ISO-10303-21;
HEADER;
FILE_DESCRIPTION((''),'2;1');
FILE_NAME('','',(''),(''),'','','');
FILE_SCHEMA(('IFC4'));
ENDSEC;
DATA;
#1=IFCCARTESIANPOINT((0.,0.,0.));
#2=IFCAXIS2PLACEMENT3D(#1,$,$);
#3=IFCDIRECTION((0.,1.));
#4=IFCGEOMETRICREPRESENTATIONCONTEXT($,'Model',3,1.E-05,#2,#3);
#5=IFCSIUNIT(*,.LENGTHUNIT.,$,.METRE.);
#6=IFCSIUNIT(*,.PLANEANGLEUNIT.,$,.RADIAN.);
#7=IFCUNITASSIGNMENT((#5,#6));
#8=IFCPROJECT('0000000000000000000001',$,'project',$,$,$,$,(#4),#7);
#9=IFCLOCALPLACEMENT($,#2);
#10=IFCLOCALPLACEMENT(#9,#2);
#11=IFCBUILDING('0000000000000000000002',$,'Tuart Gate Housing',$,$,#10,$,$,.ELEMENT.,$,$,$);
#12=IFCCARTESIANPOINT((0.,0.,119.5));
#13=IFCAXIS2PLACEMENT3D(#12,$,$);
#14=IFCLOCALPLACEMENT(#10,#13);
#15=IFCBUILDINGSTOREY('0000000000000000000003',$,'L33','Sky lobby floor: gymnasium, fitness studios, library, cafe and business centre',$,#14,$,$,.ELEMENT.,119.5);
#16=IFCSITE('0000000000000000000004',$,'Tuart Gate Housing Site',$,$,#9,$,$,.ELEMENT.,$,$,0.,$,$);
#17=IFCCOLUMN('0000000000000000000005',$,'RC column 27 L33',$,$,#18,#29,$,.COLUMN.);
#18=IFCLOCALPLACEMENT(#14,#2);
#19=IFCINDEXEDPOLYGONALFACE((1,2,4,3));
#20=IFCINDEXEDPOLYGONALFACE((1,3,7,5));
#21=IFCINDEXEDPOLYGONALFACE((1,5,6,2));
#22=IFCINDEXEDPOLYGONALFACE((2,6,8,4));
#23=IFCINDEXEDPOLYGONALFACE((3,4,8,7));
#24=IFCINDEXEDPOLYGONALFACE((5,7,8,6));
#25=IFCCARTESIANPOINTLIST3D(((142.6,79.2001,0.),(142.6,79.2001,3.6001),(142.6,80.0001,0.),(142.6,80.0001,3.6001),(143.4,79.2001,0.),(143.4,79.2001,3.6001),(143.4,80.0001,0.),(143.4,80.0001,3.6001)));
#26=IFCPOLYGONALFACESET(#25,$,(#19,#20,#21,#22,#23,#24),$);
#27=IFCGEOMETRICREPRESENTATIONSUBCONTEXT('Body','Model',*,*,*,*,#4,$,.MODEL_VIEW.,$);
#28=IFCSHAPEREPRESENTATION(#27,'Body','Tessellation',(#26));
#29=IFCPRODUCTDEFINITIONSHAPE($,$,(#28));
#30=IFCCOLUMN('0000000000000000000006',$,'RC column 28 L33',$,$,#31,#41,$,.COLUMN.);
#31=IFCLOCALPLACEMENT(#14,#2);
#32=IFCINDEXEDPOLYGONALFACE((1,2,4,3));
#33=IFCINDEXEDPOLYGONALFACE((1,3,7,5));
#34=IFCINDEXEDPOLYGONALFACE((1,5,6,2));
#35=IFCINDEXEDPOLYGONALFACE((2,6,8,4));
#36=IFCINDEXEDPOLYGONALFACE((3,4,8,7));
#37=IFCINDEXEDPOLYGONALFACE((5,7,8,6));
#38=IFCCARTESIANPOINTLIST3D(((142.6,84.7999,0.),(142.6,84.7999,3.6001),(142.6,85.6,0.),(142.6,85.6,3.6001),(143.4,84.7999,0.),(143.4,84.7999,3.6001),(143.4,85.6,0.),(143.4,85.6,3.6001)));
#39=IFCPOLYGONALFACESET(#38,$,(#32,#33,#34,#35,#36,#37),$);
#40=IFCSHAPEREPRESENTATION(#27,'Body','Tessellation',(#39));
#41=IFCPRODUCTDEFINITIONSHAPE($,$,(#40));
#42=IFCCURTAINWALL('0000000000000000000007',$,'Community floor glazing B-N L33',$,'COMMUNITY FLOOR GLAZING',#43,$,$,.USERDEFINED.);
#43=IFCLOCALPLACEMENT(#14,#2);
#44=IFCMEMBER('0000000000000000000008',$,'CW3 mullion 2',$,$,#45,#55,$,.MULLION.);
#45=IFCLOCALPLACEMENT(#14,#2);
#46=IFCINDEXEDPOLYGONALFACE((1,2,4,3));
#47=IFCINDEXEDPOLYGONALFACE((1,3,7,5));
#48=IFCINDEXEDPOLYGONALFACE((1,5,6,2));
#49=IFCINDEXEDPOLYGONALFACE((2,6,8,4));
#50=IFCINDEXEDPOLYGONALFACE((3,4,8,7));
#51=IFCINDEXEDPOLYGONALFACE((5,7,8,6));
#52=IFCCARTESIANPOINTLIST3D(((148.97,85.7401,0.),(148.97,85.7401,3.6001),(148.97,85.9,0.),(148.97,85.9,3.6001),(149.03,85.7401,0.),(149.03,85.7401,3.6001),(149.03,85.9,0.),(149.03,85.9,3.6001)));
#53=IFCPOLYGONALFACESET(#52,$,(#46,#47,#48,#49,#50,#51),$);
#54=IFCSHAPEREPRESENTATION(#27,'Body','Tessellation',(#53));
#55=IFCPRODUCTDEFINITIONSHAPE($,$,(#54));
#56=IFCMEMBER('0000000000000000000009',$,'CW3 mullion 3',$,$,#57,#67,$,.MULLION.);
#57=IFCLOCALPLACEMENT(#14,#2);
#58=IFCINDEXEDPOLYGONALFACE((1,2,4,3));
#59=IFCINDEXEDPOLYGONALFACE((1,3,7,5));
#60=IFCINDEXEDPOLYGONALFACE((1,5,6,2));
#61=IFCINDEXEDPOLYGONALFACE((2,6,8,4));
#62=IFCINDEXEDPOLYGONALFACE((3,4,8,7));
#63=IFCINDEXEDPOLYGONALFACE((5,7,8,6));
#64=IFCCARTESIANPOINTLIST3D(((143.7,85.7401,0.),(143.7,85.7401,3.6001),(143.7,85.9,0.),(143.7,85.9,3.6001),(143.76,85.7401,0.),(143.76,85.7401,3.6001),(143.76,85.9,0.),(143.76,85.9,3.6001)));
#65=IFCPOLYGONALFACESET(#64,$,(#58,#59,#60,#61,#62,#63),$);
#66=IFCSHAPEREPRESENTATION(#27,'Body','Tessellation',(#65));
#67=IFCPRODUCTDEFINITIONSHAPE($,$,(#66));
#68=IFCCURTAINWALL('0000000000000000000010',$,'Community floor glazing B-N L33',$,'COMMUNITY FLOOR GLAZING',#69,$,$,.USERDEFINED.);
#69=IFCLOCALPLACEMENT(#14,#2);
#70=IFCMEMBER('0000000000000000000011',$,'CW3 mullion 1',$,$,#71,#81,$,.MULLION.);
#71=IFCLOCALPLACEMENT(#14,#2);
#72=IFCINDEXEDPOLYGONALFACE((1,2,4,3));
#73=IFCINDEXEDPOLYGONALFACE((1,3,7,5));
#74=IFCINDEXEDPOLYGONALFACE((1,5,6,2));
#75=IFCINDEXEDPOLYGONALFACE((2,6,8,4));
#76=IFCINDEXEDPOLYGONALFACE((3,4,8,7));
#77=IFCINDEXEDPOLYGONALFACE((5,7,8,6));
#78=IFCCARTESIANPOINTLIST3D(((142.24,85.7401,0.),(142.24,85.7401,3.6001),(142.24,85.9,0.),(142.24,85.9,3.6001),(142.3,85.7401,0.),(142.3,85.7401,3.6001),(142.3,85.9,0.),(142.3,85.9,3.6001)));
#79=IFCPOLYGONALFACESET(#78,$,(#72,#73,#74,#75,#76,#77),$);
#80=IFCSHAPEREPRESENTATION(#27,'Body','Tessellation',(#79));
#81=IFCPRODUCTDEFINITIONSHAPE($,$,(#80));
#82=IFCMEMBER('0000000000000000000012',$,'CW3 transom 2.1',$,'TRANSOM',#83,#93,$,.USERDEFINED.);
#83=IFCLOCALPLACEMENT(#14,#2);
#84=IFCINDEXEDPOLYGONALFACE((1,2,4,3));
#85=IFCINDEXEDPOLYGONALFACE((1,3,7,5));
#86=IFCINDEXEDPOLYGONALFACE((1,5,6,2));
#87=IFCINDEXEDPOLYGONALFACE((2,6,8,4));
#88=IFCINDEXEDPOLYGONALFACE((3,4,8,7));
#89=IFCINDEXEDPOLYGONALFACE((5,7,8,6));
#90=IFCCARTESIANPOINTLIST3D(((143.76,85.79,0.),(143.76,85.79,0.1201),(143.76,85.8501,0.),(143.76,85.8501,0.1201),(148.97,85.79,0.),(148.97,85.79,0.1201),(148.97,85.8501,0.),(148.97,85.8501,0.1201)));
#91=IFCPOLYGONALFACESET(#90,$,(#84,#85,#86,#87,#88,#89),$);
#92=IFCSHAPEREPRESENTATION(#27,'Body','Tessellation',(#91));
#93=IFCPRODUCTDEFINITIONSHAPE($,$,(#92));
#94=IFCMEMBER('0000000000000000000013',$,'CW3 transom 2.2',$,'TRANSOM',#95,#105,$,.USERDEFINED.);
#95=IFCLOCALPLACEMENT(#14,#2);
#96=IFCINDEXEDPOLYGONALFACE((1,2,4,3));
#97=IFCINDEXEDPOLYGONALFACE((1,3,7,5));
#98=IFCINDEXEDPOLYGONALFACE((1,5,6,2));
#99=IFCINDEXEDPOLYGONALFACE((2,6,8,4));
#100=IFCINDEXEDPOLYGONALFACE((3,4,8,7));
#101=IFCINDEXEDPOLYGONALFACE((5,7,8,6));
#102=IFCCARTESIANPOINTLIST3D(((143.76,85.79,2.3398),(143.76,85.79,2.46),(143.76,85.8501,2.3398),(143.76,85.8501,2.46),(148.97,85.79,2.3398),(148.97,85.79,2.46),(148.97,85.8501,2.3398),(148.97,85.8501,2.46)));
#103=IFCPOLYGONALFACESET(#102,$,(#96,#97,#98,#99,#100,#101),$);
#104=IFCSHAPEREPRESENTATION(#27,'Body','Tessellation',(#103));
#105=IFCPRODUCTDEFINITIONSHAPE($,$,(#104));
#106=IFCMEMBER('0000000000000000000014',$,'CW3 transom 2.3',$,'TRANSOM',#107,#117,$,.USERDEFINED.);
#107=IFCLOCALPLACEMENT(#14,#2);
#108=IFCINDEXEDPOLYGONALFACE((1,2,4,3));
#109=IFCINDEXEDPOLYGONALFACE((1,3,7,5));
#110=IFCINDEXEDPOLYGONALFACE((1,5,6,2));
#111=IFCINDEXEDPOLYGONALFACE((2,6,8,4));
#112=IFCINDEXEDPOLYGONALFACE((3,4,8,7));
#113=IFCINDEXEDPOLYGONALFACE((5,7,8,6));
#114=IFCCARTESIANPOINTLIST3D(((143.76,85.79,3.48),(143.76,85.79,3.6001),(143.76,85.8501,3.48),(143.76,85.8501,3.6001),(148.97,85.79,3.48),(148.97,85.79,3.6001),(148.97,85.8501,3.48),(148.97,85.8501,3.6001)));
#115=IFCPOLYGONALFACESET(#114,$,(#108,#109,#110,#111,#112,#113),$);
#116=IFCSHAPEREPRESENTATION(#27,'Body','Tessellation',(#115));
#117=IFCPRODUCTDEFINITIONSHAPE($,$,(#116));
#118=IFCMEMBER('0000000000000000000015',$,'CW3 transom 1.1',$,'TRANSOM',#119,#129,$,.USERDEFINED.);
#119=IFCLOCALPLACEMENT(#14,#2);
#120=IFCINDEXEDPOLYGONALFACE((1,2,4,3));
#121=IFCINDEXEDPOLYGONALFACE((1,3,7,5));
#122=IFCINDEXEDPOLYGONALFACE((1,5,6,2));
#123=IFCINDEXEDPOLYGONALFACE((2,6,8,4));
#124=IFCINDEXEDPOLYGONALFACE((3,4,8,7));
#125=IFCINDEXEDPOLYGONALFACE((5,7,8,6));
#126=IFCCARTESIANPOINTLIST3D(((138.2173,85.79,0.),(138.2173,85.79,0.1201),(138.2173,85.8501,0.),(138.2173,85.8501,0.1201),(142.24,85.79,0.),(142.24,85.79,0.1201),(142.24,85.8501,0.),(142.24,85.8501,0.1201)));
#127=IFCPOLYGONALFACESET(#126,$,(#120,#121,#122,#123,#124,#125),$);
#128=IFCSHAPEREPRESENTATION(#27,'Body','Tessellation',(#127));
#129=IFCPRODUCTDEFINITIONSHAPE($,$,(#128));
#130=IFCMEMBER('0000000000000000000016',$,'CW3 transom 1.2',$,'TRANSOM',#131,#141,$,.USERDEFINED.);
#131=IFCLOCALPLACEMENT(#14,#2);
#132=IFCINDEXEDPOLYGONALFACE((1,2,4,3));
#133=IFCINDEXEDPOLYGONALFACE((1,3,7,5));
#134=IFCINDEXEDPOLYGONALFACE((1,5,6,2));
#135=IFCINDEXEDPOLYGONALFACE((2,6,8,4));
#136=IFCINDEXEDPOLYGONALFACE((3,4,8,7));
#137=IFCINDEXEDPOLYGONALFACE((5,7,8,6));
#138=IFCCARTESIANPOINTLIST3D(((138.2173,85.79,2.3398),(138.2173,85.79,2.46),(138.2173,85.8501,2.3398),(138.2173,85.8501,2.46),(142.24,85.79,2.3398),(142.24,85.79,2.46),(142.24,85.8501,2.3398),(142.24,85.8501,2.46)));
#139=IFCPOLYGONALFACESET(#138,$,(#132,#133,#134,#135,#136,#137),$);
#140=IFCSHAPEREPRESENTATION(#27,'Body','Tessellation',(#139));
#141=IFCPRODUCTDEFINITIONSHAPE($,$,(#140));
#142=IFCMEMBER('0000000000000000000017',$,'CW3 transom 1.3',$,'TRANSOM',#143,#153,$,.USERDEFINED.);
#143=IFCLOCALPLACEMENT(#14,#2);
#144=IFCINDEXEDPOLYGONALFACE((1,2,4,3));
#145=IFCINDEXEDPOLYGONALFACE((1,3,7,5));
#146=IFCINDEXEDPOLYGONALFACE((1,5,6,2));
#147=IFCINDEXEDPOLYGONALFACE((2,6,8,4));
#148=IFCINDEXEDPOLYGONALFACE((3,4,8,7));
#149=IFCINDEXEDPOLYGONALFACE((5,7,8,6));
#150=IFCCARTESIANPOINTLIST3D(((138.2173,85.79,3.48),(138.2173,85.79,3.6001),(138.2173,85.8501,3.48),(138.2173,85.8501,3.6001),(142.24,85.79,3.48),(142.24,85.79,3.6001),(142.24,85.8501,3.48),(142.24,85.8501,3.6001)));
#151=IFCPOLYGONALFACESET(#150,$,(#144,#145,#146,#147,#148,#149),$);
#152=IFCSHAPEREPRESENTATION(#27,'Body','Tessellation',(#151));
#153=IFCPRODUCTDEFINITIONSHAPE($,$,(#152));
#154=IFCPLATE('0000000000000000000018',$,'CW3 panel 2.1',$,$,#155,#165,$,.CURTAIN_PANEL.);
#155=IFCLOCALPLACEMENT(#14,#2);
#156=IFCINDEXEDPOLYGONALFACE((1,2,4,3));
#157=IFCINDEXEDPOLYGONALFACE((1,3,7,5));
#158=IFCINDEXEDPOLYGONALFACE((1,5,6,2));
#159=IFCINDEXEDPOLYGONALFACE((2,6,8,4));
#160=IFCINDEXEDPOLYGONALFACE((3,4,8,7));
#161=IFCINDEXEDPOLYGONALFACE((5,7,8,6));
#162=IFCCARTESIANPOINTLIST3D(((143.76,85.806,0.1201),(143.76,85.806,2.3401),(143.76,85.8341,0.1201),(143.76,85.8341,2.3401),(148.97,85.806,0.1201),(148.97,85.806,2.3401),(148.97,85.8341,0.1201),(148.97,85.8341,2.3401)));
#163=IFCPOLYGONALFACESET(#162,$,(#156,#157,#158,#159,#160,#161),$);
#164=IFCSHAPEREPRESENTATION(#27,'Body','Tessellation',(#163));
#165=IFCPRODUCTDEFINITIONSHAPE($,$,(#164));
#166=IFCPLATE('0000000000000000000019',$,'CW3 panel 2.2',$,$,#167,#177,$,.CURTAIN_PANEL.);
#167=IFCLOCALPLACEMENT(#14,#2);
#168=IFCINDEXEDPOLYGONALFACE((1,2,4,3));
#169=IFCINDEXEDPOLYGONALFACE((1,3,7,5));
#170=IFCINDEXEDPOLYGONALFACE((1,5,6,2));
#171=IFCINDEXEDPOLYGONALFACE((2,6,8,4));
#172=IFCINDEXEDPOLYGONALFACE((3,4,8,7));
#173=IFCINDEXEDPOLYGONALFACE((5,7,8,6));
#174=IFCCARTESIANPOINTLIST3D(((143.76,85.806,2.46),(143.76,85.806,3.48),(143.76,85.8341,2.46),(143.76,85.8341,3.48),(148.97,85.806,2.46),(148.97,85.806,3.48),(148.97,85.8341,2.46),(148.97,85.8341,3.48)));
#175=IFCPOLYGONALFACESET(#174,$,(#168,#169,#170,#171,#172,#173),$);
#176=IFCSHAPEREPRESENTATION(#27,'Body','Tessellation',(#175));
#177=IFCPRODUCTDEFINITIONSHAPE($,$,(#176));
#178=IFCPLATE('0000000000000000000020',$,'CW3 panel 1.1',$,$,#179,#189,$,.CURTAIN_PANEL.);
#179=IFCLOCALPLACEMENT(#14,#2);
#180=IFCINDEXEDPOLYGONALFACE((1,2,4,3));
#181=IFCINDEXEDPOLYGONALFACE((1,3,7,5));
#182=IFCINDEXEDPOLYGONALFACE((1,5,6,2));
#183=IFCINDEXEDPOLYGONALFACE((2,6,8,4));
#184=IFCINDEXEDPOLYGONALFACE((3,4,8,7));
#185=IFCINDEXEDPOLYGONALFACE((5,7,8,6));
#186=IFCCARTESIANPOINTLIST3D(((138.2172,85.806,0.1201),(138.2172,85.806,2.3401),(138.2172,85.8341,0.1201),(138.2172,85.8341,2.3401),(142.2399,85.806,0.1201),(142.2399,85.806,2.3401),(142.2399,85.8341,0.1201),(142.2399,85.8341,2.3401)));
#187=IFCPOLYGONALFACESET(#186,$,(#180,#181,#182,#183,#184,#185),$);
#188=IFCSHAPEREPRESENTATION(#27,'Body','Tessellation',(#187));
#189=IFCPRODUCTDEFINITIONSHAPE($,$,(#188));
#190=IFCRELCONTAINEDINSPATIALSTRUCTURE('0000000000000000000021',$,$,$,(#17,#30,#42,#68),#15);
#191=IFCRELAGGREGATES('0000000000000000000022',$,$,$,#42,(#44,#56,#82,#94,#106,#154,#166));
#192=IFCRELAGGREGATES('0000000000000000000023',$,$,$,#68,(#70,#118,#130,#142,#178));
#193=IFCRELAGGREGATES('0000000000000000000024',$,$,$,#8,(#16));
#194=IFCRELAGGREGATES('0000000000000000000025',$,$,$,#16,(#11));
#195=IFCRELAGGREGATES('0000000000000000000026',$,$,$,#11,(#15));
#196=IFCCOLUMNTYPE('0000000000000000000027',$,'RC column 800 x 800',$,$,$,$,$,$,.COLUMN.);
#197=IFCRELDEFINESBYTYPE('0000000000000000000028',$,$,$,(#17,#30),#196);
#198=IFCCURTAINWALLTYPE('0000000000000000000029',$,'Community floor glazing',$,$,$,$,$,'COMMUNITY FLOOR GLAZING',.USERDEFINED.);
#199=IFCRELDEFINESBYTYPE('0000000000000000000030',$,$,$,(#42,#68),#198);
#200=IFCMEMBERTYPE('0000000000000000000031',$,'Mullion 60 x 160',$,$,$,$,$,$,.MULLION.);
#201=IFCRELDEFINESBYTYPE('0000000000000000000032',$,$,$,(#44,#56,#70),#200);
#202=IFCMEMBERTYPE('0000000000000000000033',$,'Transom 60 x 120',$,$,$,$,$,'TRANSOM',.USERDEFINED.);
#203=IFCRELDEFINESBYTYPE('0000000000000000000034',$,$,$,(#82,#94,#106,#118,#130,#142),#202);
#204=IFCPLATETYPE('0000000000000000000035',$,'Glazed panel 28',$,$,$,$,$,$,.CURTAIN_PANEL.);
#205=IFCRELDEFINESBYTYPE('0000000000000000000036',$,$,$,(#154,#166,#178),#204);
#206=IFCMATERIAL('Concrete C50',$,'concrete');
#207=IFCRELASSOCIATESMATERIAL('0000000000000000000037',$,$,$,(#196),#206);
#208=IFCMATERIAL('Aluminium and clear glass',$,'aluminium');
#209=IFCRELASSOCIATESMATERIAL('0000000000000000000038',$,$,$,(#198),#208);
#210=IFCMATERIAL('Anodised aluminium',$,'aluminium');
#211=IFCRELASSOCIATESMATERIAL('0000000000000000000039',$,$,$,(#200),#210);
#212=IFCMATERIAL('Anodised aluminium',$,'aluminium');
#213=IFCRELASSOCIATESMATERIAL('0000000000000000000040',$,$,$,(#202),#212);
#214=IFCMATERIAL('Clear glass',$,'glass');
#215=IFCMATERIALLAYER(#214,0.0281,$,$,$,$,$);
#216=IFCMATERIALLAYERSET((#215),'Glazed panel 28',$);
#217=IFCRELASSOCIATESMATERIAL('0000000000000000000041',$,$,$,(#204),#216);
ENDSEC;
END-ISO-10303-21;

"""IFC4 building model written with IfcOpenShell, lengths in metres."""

from ifc_helpers import new_model, si_unit, direction, frame, origin, origin_2d, place, context, subcontext, project, spatial, rectangle, extrude, material, layer, layer_set, material_profile, profile_set, type_object, element, aggregate, save


model = new_model("IFC4")

# Units and contexts
model_context = context("Model", 3, precision=1e-05, world=origin(), true_north=direction((0.0, 1.0)))
body_context = subcontext(model_context, "Body", "Model", "MODEL_VIEW")
ifc_project = project(units=[si_unit("LENGTHUNIT", "METRE"), si_unit("PLANEANGLEUNIT", "RADIAN")], contexts=[model_context])

# Site, building, storey
site_placement = place(None, origin())
site = spatial("IfcSite", under=ifc_project, at=site_placement, Name="Tuart Gate Housing Site", CompositionType="ELEMENT", RefElevation=0.0)
building_placement = place(site_placement, origin())
building = spatial("IfcBuilding", under=site, at=building_placement, Name="Tuart Gate Housing", CompositionType="ELEMENT")
storey_placement = place(building_placement, frame((0.0, 0.0, 119.5)))
storey = spatial("IfcBuildingStorey", under=building, at=storey_placement, Name="L33", Description="Sky lobby floor: gymnasium, fitness studios, library, cafe and business centre", CompositionType="ELEMENT", Elevation=119.5)

# Columns
ifc_material_1 = material(Name="Concrete C50", Category="concrete")
ifc_material_profile_1 = material_profile(ifc_material_1, rectangle(XDim=0.8, YDim=0.8, at=origin_2d()), Name="RC column 800 x 800")
ifc_profile_set_1 = profile_set([ifc_material_profile_1], Name="Concrete C50")
column_type = type_object("IfcColumnType", Name="RC column 800 x 800", PredefinedType="COLUMN", material=ifc_profile_set_1)
for number, where, z_axis, x_axis, name in (
    (1, (143.0, 79.6001, 0.0), (0.0, 0.0, 1.0), (1.0, 0.0, 0.0), "RC column 27 L33"),
    (2, (143.0, 85.2, 0.0), (0.0, 0.0, 1.0), (1.0, 0.0, 0.0), "RC column 28 L33"),
):
    element("IfcColumn", number, at=place(storey_placement, frame(where, z_axis=z_axis, x_axis=x_axis)), inside=storey, type_object=column_type, Name=name, PredefinedType="COLUMN", context=body_context, shape_type="SweptSolid", body=[
        extrude(rectangle(XDim=0.8, YDim=0.8, at=origin_2d()), origin(), (0.0, 0.0, 1.0), 3.6001),
    ])

# Curtain wall, members
ifc_material_2 = material(Name="Aluminium and clear glass", Category="aluminium")
curtain_wall_type = type_object("IfcCurtainWallType", Name="Community floor glazing", ElementType="COMMUNITY FLOOR GLAZING", PredefinedType="USERDEFINED", material=ifc_material_2)
curtain_wall_1_placement = place(storey_placement, origin())
curtain_wall_1 = element("IfcCurtainWall", 3, at=curtain_wall_1_placement, inside=storey, type_object=curtain_wall_type, Name="Community floor glazing B-N L33", ObjectType="COMMUNITY FLOOR GLAZING", PredefinedType="USERDEFINED")
ifc_material_3 = material(Name="Anodised aluminium", Category="aluminium")
ifc_material_profile_2 = material_profile(ifc_material_3, rectangle(XDim=0.0601, YDim=0.1599, at=origin_2d()), Name="60x160")
ifc_profile_set_2 = profile_set([ifc_material_profile_2], Name="Anodised aluminium")
member_type_1 = type_object("IfcMemberType", Name="Mullion 60 x 160", PredefinedType="MULLION", material=ifc_profile_set_2)
member_1_placement = place(storey_placement, frame((149.0, 85.8201, 0.0), z_axis=(0.0, 0.0, 1.0), x_axis=(-1.0, 0.0, 0.0)))
member_1 = element("IfcMember", 4, at=member_1_placement, type_object=member_type_1, Name="CW3 mullion 2", PredefinedType="MULLION", context=body_context, shape_type="SweptSolid", body=[
    extrude(rectangle(XDim=0.0601, YDim=0.1599, at=origin_2d()), origin(), (0.0, 0.0, 1.0), 3.6001),
])
member_2_placement = place(storey_placement, frame((143.73, 85.8201, 0.0), z_axis=(0.0, 0.0, 1.0), x_axis=(-1.0, 0.0, 0.0)))
member_2 = element("IfcMember", 5, at=member_2_placement, type_object=member_type_1, Name="CW3 mullion 3", PredefinedType="MULLION", context=body_context, shape_type="SweptSolid", body=[
    extrude(rectangle(XDim=0.0601, YDim=0.1599, at=origin_2d()), origin(), (0.0, 0.0, 1.0), 3.6001),
])

# Curtain wall, member
curtain_wall_2_placement = place(storey_placement, origin())
curtain_wall_2 = element("IfcCurtainWall", 6, at=curtain_wall_2_placement, inside=storey, type_object=curtain_wall_type, Name="Community floor glazing B-N L33", ObjectType="COMMUNITY FLOOR GLAZING", PredefinedType="USERDEFINED")
member_3_placement = place(storey_placement, frame((142.27, 85.8201, 0.0), z_axis=(0.0, 0.0, 1.0), x_axis=(-1.0, 0.0, 0.0)))
member_3 = element("IfcMember", 7, at=member_3_placement, type_object=member_type_1, Name="CW3 mullion 1", PredefinedType="MULLION", context=body_context, shape_type="SweptSolid", body=[
    extrude(rectangle(XDim=0.0601, YDim=0.1599, at=origin_2d()), origin(), (0.0, 0.0, 1.0), 3.6001),
])

# Members
ifc_material_4 = material(Name="Anodised aluminium", Category="aluminium")
ifc_material_profile_3 = material_profile(ifc_material_4, rectangle(XDim=0.0601, YDim=0.1201, at=origin_2d()), Name="60x120")
ifc_profile_set_3 = profile_set([ifc_material_profile_3], Name="Anodised aluminium")
member_type_2 = type_object("IfcMemberType", Name="Transom 60 x 120", ElementType="TRANSOM", PredefinedType="USERDEFINED", material=ifc_profile_set_3)
member_4_placement = place(storey_placement, frame((148.97, 85.8201, 0.0601), z_axis=(-1.0, 0.0, 0.0), x_axis=(0.0, -1.0, 0.0)))
member_4 = element("IfcMember", 8, at=member_4_placement, type_object=member_type_2, Name="CW3 transom 2.1", ObjectType="TRANSOM", PredefinedType="USERDEFINED", context=body_context, shape_type="SweptSolid", body=[
    extrude(rectangle(XDim=0.0601, YDim=0.1201, at=origin_2d()), origin(), (0.0, 0.0, 1.0), 5.21),
])
member_5_placement = place(storey_placement, frame((148.97, 85.8201, 2.3999), z_axis=(-1.0, 0.0, 0.0), x_axis=(0.0, -1.0, 0.0)))
member_5 = element("IfcMember", 9, at=member_5_placement, type_object=member_type_2, Name="CW3 transom 2.2", ObjectType="TRANSOM", PredefinedType="USERDEFINED", context=body_context, shape_type="SweptSolid", body=[
    extrude(rectangle(XDim=0.0601, YDim=0.1201, at=origin_2d()), origin(), (0.0, 0.0, 1.0), 5.21),
])
member_6_placement = place(storey_placement, frame((148.97, 85.8201, 3.54), z_axis=(-1.0, 0.0, 0.0), x_axis=(0.0, -1.0, 0.0)))
member_6 = element("IfcMember", 10, at=member_6_placement, type_object=member_type_2, Name="CW3 transom 2.3", ObjectType="TRANSOM", PredefinedType="USERDEFINED", context=body_context, shape_type="SweptSolid", body=[
    extrude(rectangle(XDim=0.0601, YDim=0.1201, at=origin_2d()), origin(), (0.0, 0.0, 1.0), 5.21),
])
member_7_placement = place(storey_placement, frame((142.24, 85.8201, 0.0601), z_axis=(-1.0, 0.0, 0.0), x_axis=(0.0, -1.0, 0.0)))
member_7 = element("IfcMember", 11, at=member_7_placement, type_object=member_type_2, Name="CW3 transom 1.1", ObjectType="TRANSOM", PredefinedType="USERDEFINED", context=body_context, shape_type="SweptSolid", body=[
    extrude(rectangle(XDim=0.0601, YDim=0.1201, at=origin_2d()), origin(), (0.0, 0.0, 1.0), 4.0227),
])
member_8_placement = place(storey_placement, frame((142.24, 85.8201, 2.3999), z_axis=(-1.0, 0.0, 0.0), x_axis=(0.0, -1.0, 0.0)))
member_8 = element("IfcMember", 12, at=member_8_placement, type_object=member_type_2, Name="CW3 transom 1.2", ObjectType="TRANSOM", PredefinedType="USERDEFINED", context=body_context, shape_type="SweptSolid", body=[
    extrude(rectangle(XDim=0.0601, YDim=0.1201, at=origin_2d()), origin(), (0.0, 0.0, 1.0), 4.0227),
])
member_9_placement = place(storey_placement, frame((142.24, 85.8201, 3.54), z_axis=(-1.0, 0.0, 0.0), x_axis=(0.0, -1.0, 0.0)))
member_9 = element("IfcMember", 13, at=member_9_placement, type_object=member_type_2, Name="CW3 transom 1.3", ObjectType="TRANSOM", PredefinedType="USERDEFINED", context=body_context, shape_type="SweptSolid", body=[
    extrude(rectangle(XDim=0.0601, YDim=0.1201, at=origin_2d()), origin(), (0.0, 0.0, 1.0), 4.0227),
])

# Plates
ifc_material_5 = material(Name="Clear glass", Category="glass")
ifc_layer_1 = layer(ifc_material_5, 0.0281)
ifc_layer_set_1 = layer_set([ifc_layer_1], Name="Glazed panel 28")
plate_type = type_object("IfcPlateType", Name="Glazed panel 28", PredefinedType="CURTAIN_PANEL", material=ifc_layer_set_1)
plate_1_placement = place(storey_placement, frame((146.365, 85.8201, 0.1201), z_axis=(0.0, 0.0, 1.0), x_axis=(-1.0, 0.0, 0.0)))
plate_1 = element("IfcPlate", 14, at=plate_1_placement, type_object=plate_type, Name="CW3 panel 2.1", PredefinedType="CURTAIN_PANEL", context=body_context, shape_type="SweptSolid", body=[
    extrude(rectangle(XDim=5.21, YDim=0.0281, at=origin_2d()), origin(), (0.0, 0.0, 1.0), 2.22),
])
plate_2_placement = place(storey_placement, frame((146.365, 85.8201, 2.46), z_axis=(0.0, 0.0, 1.0), x_axis=(-1.0, 0.0, 0.0)))
plate_2 = element("IfcPlate", 15, at=plate_2_placement, type_object=plate_type, Name="CW3 panel 2.2", PredefinedType="CURTAIN_PANEL", context=body_context, shape_type="SweptSolid", body=[
    extrude(rectangle(XDim=5.21, YDim=0.0281, at=origin_2d()), origin(), (0.0, 0.0, 1.0), 1.02),
])
aggregate(curtain_wall_1, [member_1, member_2, member_4, member_5, member_6, plate_1, plate_2])
plate_3_placement = place(storey_placement, frame((140.2285, 85.8201, 0.1201), z_axis=(0.0, 0.0, 1.0), x_axis=(-1.0, 0.0, 0.0)))
plate_3 = element("IfcPlate", 16, at=plate_3_placement, type_object=plate_type, Name="CW3 panel 1.1", PredefinedType="CURTAIN_PANEL", context=body_context, shape_type="SweptSolid", body=[
    extrude(rectangle(XDim=4.0227, YDim=0.0281, at=origin_2d()), origin(), (0.0, 0.0, 1.0), 2.22),
])
aggregate(curtain_wall_2, [member_3, member_7, member_8, member_9, plate_3])

save(model, "model.ifc")
